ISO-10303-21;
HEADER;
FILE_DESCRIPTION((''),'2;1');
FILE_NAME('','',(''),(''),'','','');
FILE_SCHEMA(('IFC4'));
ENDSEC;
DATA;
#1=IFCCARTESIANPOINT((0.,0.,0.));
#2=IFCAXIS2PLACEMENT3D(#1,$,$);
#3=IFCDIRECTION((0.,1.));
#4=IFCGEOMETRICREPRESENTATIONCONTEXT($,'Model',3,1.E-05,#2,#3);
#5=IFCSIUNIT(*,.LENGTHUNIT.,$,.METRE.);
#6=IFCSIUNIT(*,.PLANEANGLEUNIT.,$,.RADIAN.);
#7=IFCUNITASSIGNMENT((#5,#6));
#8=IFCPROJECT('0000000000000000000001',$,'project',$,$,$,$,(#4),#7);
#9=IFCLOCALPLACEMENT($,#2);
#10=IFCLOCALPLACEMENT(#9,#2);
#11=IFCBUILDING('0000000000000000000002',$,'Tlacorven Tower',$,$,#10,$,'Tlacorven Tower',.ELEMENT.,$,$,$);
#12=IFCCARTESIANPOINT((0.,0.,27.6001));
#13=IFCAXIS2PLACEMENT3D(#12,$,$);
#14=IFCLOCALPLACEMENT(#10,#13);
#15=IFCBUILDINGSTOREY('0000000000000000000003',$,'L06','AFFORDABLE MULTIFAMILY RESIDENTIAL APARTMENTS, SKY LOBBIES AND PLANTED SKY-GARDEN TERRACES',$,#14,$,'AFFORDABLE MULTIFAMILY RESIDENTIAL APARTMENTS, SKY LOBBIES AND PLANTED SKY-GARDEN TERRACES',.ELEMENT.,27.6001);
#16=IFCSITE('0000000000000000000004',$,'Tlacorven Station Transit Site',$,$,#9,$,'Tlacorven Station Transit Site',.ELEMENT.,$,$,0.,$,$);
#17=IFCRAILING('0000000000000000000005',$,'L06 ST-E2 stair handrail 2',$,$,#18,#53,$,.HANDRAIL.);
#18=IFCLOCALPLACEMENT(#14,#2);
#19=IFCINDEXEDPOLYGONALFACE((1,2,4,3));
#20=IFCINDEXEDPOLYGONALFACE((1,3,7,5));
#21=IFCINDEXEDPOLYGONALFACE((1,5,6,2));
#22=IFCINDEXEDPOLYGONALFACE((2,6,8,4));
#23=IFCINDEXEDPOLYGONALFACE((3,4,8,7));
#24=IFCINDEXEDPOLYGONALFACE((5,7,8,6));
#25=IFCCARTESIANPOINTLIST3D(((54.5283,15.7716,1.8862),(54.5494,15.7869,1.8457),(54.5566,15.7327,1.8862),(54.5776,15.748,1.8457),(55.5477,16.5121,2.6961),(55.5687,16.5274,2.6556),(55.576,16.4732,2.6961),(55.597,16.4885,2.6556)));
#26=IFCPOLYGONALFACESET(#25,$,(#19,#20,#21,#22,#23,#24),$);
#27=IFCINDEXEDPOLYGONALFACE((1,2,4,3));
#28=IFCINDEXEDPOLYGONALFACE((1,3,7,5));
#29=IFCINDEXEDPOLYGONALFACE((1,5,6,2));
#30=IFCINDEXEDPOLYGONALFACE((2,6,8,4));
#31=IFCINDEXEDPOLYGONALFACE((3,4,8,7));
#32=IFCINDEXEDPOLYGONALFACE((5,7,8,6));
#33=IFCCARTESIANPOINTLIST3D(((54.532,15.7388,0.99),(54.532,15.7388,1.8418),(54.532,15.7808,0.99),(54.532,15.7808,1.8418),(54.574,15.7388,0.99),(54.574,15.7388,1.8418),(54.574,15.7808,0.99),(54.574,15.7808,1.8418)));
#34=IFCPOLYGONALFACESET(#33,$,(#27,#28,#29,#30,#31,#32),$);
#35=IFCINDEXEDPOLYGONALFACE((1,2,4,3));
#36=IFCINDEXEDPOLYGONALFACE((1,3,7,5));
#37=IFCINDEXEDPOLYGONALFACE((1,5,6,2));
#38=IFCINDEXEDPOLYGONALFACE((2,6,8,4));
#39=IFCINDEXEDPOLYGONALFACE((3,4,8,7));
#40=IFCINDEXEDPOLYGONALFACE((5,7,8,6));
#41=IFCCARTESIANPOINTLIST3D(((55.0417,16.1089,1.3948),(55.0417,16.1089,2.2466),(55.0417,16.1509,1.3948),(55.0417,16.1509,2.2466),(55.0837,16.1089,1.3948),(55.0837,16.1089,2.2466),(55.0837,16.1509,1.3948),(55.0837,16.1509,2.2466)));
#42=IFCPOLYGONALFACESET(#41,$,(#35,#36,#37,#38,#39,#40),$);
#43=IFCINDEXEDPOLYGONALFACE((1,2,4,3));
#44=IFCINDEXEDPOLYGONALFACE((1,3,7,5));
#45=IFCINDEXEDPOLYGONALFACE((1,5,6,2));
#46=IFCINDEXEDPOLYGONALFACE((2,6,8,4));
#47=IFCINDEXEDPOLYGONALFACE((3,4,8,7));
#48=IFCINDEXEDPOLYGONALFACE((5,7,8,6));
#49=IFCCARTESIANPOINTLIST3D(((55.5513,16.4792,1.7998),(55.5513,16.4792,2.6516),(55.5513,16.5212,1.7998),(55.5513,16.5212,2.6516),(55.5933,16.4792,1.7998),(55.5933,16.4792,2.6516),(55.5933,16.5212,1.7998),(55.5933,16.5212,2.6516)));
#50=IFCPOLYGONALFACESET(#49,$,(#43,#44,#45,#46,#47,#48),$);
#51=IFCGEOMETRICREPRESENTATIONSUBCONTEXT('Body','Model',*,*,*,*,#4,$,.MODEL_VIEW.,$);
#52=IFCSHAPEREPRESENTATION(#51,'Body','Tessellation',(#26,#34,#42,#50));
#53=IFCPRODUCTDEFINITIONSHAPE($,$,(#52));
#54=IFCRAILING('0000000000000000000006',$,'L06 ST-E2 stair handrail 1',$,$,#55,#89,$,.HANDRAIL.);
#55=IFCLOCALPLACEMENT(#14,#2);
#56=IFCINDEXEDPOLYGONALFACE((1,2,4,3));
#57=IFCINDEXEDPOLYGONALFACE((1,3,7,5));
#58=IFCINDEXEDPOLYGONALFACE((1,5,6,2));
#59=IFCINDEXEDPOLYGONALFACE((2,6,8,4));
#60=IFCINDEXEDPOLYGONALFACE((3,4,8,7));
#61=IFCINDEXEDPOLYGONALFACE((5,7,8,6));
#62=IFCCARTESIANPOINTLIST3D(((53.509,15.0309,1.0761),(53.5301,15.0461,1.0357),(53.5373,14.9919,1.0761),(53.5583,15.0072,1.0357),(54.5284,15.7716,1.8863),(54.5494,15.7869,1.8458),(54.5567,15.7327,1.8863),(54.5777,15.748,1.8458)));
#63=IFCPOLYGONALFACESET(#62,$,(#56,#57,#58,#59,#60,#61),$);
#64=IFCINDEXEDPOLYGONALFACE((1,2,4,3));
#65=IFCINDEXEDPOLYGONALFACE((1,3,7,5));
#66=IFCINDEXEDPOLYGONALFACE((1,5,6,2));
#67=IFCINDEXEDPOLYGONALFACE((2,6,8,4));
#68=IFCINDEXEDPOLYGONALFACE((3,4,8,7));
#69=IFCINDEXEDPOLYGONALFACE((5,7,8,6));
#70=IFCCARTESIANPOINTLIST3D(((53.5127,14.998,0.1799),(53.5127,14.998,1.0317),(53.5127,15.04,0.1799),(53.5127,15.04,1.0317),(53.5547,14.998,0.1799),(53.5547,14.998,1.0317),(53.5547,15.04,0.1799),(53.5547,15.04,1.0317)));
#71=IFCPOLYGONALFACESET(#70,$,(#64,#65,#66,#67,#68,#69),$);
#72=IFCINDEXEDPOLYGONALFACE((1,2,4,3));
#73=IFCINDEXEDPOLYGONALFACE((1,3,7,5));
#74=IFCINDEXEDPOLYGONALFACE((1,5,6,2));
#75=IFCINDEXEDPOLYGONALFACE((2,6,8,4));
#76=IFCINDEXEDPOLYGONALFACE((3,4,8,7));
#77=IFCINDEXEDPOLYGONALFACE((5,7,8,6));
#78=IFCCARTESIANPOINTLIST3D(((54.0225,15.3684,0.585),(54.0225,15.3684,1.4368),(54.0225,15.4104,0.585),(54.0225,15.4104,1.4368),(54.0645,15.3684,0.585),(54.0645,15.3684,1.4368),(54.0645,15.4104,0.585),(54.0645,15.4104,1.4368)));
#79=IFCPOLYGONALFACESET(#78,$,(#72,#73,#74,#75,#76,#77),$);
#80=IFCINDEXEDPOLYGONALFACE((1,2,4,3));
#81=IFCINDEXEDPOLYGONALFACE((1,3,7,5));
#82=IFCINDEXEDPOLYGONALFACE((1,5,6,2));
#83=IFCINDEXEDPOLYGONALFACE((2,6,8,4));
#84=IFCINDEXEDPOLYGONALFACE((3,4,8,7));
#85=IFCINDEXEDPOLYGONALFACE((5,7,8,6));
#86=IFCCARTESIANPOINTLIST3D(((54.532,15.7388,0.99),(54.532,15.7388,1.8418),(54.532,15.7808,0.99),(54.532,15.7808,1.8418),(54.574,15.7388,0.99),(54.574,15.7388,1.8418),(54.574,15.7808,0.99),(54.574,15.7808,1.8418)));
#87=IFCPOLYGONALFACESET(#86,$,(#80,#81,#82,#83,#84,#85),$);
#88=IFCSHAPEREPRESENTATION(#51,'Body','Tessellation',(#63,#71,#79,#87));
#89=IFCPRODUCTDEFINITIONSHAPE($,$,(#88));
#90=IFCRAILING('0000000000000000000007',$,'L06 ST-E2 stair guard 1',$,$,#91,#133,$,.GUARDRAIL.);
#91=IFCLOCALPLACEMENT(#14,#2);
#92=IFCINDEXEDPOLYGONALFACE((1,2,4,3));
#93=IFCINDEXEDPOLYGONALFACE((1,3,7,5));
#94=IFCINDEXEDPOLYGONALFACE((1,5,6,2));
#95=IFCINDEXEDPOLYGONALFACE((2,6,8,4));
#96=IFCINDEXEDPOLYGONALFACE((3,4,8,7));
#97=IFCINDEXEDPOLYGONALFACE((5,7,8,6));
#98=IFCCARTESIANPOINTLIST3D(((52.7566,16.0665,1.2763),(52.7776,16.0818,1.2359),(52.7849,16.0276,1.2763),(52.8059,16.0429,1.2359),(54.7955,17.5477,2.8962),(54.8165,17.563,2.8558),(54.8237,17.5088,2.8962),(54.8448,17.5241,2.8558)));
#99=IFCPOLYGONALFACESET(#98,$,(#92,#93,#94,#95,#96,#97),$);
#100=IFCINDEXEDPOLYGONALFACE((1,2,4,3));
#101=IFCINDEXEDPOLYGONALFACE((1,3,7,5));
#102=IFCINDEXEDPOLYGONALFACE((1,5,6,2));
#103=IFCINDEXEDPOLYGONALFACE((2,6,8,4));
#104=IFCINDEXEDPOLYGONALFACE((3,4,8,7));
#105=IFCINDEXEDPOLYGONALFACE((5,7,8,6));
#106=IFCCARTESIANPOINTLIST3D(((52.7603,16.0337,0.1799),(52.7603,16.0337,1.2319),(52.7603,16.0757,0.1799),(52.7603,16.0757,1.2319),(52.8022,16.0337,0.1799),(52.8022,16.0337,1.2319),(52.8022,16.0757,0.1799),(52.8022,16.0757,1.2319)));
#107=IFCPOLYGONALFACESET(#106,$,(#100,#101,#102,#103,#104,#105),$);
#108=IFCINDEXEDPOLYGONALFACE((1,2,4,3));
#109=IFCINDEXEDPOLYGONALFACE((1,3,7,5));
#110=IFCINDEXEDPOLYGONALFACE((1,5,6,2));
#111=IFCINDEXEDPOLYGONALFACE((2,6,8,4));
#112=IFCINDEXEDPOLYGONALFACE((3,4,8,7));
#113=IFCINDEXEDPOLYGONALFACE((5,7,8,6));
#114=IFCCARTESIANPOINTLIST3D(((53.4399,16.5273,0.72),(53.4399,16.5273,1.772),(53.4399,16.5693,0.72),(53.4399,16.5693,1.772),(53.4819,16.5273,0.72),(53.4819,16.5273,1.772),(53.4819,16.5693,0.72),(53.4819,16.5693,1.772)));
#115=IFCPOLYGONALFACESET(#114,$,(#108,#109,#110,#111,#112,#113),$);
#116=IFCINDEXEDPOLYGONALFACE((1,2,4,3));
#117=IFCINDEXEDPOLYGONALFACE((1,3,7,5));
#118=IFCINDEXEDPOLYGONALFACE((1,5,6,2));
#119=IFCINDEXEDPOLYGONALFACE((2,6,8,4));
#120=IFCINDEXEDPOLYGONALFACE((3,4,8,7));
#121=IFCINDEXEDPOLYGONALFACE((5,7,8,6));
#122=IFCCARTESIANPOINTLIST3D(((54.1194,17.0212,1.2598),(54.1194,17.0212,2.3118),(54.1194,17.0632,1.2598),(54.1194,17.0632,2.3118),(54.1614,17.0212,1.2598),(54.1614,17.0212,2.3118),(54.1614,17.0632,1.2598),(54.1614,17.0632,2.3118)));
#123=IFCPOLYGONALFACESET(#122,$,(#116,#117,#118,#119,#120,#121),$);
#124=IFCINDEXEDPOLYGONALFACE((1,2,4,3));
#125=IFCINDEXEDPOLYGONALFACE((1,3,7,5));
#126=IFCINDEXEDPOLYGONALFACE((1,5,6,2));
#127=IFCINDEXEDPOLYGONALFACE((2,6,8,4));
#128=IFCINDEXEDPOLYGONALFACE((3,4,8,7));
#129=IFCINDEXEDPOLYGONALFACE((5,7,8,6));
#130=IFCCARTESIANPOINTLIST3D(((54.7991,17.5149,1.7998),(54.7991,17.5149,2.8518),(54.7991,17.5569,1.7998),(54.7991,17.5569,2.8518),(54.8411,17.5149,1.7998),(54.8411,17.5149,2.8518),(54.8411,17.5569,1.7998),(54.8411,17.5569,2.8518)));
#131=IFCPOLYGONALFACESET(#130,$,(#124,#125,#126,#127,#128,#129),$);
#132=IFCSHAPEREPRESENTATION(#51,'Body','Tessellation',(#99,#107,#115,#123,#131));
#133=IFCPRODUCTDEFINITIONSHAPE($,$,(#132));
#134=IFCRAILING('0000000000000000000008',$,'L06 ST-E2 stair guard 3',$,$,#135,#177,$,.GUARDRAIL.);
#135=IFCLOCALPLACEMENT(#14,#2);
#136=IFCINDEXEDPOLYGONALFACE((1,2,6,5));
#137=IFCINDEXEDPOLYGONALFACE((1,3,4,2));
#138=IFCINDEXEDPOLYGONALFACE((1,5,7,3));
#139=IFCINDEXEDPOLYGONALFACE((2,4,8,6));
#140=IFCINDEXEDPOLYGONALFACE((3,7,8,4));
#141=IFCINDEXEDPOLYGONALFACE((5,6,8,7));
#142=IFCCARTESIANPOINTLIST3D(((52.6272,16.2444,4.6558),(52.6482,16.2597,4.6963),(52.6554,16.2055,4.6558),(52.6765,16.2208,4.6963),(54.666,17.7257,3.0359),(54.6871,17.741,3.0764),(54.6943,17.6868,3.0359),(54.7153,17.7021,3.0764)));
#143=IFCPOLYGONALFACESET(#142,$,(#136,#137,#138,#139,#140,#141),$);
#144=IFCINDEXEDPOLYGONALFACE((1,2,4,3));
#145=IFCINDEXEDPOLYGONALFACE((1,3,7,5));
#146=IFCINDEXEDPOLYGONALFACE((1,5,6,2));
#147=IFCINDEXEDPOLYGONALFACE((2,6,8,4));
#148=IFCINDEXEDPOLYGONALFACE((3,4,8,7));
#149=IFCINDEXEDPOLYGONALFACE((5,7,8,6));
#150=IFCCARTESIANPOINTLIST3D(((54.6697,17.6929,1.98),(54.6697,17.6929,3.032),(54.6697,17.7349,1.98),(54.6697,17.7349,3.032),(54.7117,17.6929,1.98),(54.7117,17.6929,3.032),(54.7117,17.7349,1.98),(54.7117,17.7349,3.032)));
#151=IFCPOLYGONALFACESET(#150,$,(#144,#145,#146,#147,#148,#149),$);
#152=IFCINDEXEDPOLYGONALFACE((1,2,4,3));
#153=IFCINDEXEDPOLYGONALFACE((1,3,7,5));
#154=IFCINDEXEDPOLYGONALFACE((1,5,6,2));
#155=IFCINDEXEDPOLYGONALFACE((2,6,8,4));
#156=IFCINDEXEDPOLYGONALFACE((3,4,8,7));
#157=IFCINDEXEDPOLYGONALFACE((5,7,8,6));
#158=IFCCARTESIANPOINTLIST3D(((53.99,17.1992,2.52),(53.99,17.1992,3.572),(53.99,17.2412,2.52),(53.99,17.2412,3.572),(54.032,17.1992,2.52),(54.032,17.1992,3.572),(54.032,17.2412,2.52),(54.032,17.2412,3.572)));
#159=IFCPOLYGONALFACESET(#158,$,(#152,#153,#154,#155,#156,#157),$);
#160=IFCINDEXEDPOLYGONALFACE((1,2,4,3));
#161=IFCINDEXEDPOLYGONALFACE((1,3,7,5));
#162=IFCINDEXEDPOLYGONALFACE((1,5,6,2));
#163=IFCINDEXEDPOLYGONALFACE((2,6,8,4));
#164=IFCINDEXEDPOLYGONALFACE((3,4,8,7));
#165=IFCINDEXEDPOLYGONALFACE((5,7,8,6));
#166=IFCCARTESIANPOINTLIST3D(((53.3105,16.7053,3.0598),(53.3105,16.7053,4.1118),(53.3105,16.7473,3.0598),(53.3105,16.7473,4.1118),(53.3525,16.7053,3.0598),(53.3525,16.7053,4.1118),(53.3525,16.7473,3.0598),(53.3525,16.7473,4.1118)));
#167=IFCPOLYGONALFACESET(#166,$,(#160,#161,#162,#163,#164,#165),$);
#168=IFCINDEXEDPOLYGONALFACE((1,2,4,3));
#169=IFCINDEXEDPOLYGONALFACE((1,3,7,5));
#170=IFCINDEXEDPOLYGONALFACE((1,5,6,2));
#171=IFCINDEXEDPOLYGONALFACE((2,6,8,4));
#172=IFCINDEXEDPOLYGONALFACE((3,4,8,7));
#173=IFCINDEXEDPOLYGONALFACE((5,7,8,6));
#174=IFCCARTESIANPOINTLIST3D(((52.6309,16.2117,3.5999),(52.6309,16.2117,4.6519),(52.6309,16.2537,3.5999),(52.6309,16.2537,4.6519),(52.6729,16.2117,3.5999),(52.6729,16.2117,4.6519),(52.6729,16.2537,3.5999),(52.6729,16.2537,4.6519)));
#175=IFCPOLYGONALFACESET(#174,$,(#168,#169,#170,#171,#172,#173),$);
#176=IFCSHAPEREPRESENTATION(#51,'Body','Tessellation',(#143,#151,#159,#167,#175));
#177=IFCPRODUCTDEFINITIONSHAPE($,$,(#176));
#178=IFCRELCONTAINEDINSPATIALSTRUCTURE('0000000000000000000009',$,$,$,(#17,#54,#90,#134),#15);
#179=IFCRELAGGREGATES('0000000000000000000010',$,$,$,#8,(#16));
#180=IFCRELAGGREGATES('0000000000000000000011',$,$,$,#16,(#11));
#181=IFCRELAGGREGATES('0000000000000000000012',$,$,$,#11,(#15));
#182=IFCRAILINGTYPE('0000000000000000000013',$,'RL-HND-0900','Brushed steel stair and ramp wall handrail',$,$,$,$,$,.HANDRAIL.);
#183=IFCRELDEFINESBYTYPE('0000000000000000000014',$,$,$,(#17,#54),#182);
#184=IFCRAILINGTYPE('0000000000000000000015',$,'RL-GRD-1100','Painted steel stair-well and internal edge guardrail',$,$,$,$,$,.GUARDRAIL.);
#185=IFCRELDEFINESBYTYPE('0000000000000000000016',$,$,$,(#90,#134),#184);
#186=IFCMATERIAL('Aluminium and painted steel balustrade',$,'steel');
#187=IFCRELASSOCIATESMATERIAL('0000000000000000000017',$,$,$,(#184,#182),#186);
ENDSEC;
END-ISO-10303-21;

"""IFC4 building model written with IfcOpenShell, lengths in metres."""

from ifc_helpers import new_model, si_unit, direction, frame, origin, origin_2d, place, context, subcontext, project, spatial, rectangle, extrude, source, transform, mapped, material, type_object, element, save


model = new_model("IFC4")

# Units and contexts
model_context = context("Model", 3, precision=1e-05, world=origin(), true_north=direction((0.0, 1.0)))
body_context = subcontext(model_context, "Body", "Model", "MODEL_VIEW")
ifc_project = project(units=[si_unit("LENGTHUNIT", "METRE"), si_unit("PLANEANGLEUNIT", "RADIAN")], contexts=[model_context])

# Site, building, storey
site_placement = place(None, origin())
site = spatial("IfcSite", under=ifc_project, at=site_placement, Name="Tlacorven Station Transit Site", LongName="Tlacorven Station Transit Site", CompositionType="ELEMENT", RefElevation=0.0)
building_placement = place(site_placement, origin())
building = spatial("IfcBuilding", under=site, at=building_placement, Name="Tlacorven Tower", LongName="Tlacorven Tower", CompositionType="ELEMENT")
storey_placement = place(building_placement, frame((0.0, 0.0, 27.6001)))
storey = spatial("IfcBuildingStorey", under=building, at=storey_placement, Name="L06", Description="AFFORDABLE MULTIFAMILY RESIDENTIAL APARTMENTS, SKY LOBBIES AND PLANTED SKY-GARDEN TERRACES", LongName="AFFORDABLE MULTIFAMILY RESIDENTIAL APARTMENTS, SKY LOBBIES AND PLANTED SKY-GARDEN TERRACES", CompositionType="ELEMENT", Elevation=27.6001)

# Railings
ifc_material_1 = material(Name="Aluminium and painted steel balustrade", Category="steel")
railing_type_1 = type_object("IfcRailingType", Name="RL-GRD-1100", Description="Painted steel stair-well and internal edge guardrail", PredefinedType="GUARDRAIL", material=ifc_material_1)
railing_type_2 = type_object("IfcRailingType", Name="RL-HND-0900", Description="Brushed steel stair and ramp wall handrail", PredefinedType="HANDRAIL", material=ifc_material_1)
shared_shape_1 = source(origin(), body_context, "Body", "SweptSolid", [
    extrude(rectangle(XDim=0.0481, YDim=0.0481, at=origin_2d()), frame((0.0, 0.0, 0.876), z_axis=(0.680576, 0.494416, 0.540712), x_axis=(-0.587745, 0.809046, 0.0)), (0.0, 0.0, 1.0), 1.4978),
    extrude(rectangle(XDim=0.042, YDim=0.042, at=origin_2d()), origin(), (0.0, 0.0, 1.0), 0.8518),
    extrude(rectangle(XDim=0.042, YDim=0.042, at=origin_2d()), frame((0.5098, 0.3701, 0.4048)), (0.0, 0.0, 1.0), 0.8518),
    extrude(rectangle(XDim=0.042, YDim=0.042, at=origin_2d()), frame((1.0193, 0.7405, 0.8098)), (0.0, 0.0, 1.0), 0.8518),
])
railing_1_placement = place(storey_placement, frame((54.553, 15.7598, 0.99)))
element("IfcRailing", 1, at=railing_1_placement, inside=storey, type_object=railing_type_2, Name="L06 ST-E2 stair handrail 2", PredefinedType="HANDRAIL", context=body_context, shape_type="MappedRepresentation", body=[
    mapped(shared_shape_1, transform((0.0, 0.0, 0.0), scale=1.0)),
])
shared_shape_2 = source(origin(), body_context, "Body", "SweptSolid", [
    extrude(rectangle(XDim=0.0481, YDim=0.0481, at=origin_2d()), frame((0.0, 0.0, 0.876), z_axis=(0.680461, 0.494496, 0.540783), x_axis=(-0.587872, 0.808954, 0.0)), (0.0, 0.0, 1.0), 1.498),
    extrude(rectangle(XDim=0.042, YDim=0.042, at=origin_2d()), origin(), (0.0, 0.0, 1.0), 0.8518),
    extrude(rectangle(XDim=0.042, YDim=0.042, at=origin_2d()), frame((0.5098, 0.3704, 0.405)), (0.0, 0.0, 1.0), 0.8518),
    extrude(rectangle(XDim=0.042, YDim=0.042, at=origin_2d()), frame((1.0193, 0.7407, 0.8101)), (0.0, 0.0, 1.0), 0.8518),
])
railing_2_placement = place(storey_placement, frame((53.5337, 15.019, 0.1799)))
element("IfcRailing", 2, at=railing_2_placement, inside=storey, type_object=railing_type_2, Name="L06 ST-E2 stair handrail 1", PredefinedType="HANDRAIL", context=body_context, shape_type="MappedRepresentation", body=[
    mapped(shared_shape_2, transform((0.0, 0.0, 0.0), scale=1.0)),
])
shared_shape_3 = source(origin(), body_context, "Body", "SweptSolid", [
    extrude(rectangle(XDim=0.0481, YDim=0.0481, at=origin_2d()), frame((0.0, 0.0, 1.0762), z_axis=(0.680562, 0.494428, 0.540717), x_axis=(-0.587763, 0.809033, 0.0)), (0.0, 0.0, 1.0), 2.9958),
    extrude(rectangle(XDim=0.042, YDim=0.042, at=origin_2d()), origin(), (0.0, 0.0, 1.0), 1.052),
    extrude(rectangle(XDim=0.042, YDim=0.042, at=origin_2d()), frame((0.6797, 0.4937, 0.54)), (0.0, 0.0, 1.0), 1.052),
    extrude(rectangle(XDim=0.042, YDim=0.042, at=origin_2d()), frame((1.3591, 0.9875, 1.0798)), (0.0, 0.0, 1.0), 1.052),
    extrude(rectangle(XDim=0.042, YDim=0.042, at=origin_2d()), frame((2.0388, 1.4812, 1.6199)), (0.0, 0.0, 1.0), 1.052),
])
railing_3_placement = place(storey_placement, frame((52.7812, 16.0547, 0.1799)))
element("IfcRailing", 3, at=railing_3_placement, inside=storey, type_object=railing_type_1, Name="L06 ST-E2 stair guard 1", PredefinedType="GUARDRAIL", context=body_context, shape_type="MappedRepresentation", body=[
    mapped(shared_shape_3, transform((0.0, 0.0, 0.0), scale=1.0)),
])
shared_shape_4 = source(origin(), body_context, "Body", "SweptSolid", [
    extrude(rectangle(XDim=0.0481, YDim=0.0481, at=origin_2d()), frame((0.0, 0.0, 1.0762), z_axis=(-0.680562, -0.494428, 0.540717), x_axis=(0.587763, -0.809033, 0.0)), (0.0, 0.0, 1.0), 2.9958),
    extrude(rectangle(XDim=0.042, YDim=0.042, at=origin_2d()), origin(), (0.0, 0.0, 1.0), 1.052),
    extrude(rectangle(XDim=0.042, YDim=0.042, at=origin_2d()), frame((-0.6797, -0.4937, 0.54)), (0.0, 0.0, 1.0), 1.052),
    extrude(rectangle(XDim=0.042, YDim=0.042, at=origin_2d()), frame((-1.3591, -0.9875, 1.0798)), (0.0, 0.0, 1.0), 1.052),
    extrude(rectangle(XDim=0.042, YDim=0.042, at=origin_2d()), frame((-2.0388, -1.4812, 1.6199)), (0.0, 0.0, 1.0), 1.052),
])
railing_4_placement = place(storey_placement, frame((54.6907, 17.7139, 1.98)))
element("IfcRailing", 4, at=railing_4_placement, inside=storey, type_object=railing_type_1, Name="L06 ST-E2 stair guard 3", PredefinedType="GUARDRAIL", context=body_context, shape_type="MappedRepresentation", body=[
    mapped(shared_shape_4, transform((0.0, 0.0, 0.0), scale=1.0)),
])

save(model, "model.ifc")
